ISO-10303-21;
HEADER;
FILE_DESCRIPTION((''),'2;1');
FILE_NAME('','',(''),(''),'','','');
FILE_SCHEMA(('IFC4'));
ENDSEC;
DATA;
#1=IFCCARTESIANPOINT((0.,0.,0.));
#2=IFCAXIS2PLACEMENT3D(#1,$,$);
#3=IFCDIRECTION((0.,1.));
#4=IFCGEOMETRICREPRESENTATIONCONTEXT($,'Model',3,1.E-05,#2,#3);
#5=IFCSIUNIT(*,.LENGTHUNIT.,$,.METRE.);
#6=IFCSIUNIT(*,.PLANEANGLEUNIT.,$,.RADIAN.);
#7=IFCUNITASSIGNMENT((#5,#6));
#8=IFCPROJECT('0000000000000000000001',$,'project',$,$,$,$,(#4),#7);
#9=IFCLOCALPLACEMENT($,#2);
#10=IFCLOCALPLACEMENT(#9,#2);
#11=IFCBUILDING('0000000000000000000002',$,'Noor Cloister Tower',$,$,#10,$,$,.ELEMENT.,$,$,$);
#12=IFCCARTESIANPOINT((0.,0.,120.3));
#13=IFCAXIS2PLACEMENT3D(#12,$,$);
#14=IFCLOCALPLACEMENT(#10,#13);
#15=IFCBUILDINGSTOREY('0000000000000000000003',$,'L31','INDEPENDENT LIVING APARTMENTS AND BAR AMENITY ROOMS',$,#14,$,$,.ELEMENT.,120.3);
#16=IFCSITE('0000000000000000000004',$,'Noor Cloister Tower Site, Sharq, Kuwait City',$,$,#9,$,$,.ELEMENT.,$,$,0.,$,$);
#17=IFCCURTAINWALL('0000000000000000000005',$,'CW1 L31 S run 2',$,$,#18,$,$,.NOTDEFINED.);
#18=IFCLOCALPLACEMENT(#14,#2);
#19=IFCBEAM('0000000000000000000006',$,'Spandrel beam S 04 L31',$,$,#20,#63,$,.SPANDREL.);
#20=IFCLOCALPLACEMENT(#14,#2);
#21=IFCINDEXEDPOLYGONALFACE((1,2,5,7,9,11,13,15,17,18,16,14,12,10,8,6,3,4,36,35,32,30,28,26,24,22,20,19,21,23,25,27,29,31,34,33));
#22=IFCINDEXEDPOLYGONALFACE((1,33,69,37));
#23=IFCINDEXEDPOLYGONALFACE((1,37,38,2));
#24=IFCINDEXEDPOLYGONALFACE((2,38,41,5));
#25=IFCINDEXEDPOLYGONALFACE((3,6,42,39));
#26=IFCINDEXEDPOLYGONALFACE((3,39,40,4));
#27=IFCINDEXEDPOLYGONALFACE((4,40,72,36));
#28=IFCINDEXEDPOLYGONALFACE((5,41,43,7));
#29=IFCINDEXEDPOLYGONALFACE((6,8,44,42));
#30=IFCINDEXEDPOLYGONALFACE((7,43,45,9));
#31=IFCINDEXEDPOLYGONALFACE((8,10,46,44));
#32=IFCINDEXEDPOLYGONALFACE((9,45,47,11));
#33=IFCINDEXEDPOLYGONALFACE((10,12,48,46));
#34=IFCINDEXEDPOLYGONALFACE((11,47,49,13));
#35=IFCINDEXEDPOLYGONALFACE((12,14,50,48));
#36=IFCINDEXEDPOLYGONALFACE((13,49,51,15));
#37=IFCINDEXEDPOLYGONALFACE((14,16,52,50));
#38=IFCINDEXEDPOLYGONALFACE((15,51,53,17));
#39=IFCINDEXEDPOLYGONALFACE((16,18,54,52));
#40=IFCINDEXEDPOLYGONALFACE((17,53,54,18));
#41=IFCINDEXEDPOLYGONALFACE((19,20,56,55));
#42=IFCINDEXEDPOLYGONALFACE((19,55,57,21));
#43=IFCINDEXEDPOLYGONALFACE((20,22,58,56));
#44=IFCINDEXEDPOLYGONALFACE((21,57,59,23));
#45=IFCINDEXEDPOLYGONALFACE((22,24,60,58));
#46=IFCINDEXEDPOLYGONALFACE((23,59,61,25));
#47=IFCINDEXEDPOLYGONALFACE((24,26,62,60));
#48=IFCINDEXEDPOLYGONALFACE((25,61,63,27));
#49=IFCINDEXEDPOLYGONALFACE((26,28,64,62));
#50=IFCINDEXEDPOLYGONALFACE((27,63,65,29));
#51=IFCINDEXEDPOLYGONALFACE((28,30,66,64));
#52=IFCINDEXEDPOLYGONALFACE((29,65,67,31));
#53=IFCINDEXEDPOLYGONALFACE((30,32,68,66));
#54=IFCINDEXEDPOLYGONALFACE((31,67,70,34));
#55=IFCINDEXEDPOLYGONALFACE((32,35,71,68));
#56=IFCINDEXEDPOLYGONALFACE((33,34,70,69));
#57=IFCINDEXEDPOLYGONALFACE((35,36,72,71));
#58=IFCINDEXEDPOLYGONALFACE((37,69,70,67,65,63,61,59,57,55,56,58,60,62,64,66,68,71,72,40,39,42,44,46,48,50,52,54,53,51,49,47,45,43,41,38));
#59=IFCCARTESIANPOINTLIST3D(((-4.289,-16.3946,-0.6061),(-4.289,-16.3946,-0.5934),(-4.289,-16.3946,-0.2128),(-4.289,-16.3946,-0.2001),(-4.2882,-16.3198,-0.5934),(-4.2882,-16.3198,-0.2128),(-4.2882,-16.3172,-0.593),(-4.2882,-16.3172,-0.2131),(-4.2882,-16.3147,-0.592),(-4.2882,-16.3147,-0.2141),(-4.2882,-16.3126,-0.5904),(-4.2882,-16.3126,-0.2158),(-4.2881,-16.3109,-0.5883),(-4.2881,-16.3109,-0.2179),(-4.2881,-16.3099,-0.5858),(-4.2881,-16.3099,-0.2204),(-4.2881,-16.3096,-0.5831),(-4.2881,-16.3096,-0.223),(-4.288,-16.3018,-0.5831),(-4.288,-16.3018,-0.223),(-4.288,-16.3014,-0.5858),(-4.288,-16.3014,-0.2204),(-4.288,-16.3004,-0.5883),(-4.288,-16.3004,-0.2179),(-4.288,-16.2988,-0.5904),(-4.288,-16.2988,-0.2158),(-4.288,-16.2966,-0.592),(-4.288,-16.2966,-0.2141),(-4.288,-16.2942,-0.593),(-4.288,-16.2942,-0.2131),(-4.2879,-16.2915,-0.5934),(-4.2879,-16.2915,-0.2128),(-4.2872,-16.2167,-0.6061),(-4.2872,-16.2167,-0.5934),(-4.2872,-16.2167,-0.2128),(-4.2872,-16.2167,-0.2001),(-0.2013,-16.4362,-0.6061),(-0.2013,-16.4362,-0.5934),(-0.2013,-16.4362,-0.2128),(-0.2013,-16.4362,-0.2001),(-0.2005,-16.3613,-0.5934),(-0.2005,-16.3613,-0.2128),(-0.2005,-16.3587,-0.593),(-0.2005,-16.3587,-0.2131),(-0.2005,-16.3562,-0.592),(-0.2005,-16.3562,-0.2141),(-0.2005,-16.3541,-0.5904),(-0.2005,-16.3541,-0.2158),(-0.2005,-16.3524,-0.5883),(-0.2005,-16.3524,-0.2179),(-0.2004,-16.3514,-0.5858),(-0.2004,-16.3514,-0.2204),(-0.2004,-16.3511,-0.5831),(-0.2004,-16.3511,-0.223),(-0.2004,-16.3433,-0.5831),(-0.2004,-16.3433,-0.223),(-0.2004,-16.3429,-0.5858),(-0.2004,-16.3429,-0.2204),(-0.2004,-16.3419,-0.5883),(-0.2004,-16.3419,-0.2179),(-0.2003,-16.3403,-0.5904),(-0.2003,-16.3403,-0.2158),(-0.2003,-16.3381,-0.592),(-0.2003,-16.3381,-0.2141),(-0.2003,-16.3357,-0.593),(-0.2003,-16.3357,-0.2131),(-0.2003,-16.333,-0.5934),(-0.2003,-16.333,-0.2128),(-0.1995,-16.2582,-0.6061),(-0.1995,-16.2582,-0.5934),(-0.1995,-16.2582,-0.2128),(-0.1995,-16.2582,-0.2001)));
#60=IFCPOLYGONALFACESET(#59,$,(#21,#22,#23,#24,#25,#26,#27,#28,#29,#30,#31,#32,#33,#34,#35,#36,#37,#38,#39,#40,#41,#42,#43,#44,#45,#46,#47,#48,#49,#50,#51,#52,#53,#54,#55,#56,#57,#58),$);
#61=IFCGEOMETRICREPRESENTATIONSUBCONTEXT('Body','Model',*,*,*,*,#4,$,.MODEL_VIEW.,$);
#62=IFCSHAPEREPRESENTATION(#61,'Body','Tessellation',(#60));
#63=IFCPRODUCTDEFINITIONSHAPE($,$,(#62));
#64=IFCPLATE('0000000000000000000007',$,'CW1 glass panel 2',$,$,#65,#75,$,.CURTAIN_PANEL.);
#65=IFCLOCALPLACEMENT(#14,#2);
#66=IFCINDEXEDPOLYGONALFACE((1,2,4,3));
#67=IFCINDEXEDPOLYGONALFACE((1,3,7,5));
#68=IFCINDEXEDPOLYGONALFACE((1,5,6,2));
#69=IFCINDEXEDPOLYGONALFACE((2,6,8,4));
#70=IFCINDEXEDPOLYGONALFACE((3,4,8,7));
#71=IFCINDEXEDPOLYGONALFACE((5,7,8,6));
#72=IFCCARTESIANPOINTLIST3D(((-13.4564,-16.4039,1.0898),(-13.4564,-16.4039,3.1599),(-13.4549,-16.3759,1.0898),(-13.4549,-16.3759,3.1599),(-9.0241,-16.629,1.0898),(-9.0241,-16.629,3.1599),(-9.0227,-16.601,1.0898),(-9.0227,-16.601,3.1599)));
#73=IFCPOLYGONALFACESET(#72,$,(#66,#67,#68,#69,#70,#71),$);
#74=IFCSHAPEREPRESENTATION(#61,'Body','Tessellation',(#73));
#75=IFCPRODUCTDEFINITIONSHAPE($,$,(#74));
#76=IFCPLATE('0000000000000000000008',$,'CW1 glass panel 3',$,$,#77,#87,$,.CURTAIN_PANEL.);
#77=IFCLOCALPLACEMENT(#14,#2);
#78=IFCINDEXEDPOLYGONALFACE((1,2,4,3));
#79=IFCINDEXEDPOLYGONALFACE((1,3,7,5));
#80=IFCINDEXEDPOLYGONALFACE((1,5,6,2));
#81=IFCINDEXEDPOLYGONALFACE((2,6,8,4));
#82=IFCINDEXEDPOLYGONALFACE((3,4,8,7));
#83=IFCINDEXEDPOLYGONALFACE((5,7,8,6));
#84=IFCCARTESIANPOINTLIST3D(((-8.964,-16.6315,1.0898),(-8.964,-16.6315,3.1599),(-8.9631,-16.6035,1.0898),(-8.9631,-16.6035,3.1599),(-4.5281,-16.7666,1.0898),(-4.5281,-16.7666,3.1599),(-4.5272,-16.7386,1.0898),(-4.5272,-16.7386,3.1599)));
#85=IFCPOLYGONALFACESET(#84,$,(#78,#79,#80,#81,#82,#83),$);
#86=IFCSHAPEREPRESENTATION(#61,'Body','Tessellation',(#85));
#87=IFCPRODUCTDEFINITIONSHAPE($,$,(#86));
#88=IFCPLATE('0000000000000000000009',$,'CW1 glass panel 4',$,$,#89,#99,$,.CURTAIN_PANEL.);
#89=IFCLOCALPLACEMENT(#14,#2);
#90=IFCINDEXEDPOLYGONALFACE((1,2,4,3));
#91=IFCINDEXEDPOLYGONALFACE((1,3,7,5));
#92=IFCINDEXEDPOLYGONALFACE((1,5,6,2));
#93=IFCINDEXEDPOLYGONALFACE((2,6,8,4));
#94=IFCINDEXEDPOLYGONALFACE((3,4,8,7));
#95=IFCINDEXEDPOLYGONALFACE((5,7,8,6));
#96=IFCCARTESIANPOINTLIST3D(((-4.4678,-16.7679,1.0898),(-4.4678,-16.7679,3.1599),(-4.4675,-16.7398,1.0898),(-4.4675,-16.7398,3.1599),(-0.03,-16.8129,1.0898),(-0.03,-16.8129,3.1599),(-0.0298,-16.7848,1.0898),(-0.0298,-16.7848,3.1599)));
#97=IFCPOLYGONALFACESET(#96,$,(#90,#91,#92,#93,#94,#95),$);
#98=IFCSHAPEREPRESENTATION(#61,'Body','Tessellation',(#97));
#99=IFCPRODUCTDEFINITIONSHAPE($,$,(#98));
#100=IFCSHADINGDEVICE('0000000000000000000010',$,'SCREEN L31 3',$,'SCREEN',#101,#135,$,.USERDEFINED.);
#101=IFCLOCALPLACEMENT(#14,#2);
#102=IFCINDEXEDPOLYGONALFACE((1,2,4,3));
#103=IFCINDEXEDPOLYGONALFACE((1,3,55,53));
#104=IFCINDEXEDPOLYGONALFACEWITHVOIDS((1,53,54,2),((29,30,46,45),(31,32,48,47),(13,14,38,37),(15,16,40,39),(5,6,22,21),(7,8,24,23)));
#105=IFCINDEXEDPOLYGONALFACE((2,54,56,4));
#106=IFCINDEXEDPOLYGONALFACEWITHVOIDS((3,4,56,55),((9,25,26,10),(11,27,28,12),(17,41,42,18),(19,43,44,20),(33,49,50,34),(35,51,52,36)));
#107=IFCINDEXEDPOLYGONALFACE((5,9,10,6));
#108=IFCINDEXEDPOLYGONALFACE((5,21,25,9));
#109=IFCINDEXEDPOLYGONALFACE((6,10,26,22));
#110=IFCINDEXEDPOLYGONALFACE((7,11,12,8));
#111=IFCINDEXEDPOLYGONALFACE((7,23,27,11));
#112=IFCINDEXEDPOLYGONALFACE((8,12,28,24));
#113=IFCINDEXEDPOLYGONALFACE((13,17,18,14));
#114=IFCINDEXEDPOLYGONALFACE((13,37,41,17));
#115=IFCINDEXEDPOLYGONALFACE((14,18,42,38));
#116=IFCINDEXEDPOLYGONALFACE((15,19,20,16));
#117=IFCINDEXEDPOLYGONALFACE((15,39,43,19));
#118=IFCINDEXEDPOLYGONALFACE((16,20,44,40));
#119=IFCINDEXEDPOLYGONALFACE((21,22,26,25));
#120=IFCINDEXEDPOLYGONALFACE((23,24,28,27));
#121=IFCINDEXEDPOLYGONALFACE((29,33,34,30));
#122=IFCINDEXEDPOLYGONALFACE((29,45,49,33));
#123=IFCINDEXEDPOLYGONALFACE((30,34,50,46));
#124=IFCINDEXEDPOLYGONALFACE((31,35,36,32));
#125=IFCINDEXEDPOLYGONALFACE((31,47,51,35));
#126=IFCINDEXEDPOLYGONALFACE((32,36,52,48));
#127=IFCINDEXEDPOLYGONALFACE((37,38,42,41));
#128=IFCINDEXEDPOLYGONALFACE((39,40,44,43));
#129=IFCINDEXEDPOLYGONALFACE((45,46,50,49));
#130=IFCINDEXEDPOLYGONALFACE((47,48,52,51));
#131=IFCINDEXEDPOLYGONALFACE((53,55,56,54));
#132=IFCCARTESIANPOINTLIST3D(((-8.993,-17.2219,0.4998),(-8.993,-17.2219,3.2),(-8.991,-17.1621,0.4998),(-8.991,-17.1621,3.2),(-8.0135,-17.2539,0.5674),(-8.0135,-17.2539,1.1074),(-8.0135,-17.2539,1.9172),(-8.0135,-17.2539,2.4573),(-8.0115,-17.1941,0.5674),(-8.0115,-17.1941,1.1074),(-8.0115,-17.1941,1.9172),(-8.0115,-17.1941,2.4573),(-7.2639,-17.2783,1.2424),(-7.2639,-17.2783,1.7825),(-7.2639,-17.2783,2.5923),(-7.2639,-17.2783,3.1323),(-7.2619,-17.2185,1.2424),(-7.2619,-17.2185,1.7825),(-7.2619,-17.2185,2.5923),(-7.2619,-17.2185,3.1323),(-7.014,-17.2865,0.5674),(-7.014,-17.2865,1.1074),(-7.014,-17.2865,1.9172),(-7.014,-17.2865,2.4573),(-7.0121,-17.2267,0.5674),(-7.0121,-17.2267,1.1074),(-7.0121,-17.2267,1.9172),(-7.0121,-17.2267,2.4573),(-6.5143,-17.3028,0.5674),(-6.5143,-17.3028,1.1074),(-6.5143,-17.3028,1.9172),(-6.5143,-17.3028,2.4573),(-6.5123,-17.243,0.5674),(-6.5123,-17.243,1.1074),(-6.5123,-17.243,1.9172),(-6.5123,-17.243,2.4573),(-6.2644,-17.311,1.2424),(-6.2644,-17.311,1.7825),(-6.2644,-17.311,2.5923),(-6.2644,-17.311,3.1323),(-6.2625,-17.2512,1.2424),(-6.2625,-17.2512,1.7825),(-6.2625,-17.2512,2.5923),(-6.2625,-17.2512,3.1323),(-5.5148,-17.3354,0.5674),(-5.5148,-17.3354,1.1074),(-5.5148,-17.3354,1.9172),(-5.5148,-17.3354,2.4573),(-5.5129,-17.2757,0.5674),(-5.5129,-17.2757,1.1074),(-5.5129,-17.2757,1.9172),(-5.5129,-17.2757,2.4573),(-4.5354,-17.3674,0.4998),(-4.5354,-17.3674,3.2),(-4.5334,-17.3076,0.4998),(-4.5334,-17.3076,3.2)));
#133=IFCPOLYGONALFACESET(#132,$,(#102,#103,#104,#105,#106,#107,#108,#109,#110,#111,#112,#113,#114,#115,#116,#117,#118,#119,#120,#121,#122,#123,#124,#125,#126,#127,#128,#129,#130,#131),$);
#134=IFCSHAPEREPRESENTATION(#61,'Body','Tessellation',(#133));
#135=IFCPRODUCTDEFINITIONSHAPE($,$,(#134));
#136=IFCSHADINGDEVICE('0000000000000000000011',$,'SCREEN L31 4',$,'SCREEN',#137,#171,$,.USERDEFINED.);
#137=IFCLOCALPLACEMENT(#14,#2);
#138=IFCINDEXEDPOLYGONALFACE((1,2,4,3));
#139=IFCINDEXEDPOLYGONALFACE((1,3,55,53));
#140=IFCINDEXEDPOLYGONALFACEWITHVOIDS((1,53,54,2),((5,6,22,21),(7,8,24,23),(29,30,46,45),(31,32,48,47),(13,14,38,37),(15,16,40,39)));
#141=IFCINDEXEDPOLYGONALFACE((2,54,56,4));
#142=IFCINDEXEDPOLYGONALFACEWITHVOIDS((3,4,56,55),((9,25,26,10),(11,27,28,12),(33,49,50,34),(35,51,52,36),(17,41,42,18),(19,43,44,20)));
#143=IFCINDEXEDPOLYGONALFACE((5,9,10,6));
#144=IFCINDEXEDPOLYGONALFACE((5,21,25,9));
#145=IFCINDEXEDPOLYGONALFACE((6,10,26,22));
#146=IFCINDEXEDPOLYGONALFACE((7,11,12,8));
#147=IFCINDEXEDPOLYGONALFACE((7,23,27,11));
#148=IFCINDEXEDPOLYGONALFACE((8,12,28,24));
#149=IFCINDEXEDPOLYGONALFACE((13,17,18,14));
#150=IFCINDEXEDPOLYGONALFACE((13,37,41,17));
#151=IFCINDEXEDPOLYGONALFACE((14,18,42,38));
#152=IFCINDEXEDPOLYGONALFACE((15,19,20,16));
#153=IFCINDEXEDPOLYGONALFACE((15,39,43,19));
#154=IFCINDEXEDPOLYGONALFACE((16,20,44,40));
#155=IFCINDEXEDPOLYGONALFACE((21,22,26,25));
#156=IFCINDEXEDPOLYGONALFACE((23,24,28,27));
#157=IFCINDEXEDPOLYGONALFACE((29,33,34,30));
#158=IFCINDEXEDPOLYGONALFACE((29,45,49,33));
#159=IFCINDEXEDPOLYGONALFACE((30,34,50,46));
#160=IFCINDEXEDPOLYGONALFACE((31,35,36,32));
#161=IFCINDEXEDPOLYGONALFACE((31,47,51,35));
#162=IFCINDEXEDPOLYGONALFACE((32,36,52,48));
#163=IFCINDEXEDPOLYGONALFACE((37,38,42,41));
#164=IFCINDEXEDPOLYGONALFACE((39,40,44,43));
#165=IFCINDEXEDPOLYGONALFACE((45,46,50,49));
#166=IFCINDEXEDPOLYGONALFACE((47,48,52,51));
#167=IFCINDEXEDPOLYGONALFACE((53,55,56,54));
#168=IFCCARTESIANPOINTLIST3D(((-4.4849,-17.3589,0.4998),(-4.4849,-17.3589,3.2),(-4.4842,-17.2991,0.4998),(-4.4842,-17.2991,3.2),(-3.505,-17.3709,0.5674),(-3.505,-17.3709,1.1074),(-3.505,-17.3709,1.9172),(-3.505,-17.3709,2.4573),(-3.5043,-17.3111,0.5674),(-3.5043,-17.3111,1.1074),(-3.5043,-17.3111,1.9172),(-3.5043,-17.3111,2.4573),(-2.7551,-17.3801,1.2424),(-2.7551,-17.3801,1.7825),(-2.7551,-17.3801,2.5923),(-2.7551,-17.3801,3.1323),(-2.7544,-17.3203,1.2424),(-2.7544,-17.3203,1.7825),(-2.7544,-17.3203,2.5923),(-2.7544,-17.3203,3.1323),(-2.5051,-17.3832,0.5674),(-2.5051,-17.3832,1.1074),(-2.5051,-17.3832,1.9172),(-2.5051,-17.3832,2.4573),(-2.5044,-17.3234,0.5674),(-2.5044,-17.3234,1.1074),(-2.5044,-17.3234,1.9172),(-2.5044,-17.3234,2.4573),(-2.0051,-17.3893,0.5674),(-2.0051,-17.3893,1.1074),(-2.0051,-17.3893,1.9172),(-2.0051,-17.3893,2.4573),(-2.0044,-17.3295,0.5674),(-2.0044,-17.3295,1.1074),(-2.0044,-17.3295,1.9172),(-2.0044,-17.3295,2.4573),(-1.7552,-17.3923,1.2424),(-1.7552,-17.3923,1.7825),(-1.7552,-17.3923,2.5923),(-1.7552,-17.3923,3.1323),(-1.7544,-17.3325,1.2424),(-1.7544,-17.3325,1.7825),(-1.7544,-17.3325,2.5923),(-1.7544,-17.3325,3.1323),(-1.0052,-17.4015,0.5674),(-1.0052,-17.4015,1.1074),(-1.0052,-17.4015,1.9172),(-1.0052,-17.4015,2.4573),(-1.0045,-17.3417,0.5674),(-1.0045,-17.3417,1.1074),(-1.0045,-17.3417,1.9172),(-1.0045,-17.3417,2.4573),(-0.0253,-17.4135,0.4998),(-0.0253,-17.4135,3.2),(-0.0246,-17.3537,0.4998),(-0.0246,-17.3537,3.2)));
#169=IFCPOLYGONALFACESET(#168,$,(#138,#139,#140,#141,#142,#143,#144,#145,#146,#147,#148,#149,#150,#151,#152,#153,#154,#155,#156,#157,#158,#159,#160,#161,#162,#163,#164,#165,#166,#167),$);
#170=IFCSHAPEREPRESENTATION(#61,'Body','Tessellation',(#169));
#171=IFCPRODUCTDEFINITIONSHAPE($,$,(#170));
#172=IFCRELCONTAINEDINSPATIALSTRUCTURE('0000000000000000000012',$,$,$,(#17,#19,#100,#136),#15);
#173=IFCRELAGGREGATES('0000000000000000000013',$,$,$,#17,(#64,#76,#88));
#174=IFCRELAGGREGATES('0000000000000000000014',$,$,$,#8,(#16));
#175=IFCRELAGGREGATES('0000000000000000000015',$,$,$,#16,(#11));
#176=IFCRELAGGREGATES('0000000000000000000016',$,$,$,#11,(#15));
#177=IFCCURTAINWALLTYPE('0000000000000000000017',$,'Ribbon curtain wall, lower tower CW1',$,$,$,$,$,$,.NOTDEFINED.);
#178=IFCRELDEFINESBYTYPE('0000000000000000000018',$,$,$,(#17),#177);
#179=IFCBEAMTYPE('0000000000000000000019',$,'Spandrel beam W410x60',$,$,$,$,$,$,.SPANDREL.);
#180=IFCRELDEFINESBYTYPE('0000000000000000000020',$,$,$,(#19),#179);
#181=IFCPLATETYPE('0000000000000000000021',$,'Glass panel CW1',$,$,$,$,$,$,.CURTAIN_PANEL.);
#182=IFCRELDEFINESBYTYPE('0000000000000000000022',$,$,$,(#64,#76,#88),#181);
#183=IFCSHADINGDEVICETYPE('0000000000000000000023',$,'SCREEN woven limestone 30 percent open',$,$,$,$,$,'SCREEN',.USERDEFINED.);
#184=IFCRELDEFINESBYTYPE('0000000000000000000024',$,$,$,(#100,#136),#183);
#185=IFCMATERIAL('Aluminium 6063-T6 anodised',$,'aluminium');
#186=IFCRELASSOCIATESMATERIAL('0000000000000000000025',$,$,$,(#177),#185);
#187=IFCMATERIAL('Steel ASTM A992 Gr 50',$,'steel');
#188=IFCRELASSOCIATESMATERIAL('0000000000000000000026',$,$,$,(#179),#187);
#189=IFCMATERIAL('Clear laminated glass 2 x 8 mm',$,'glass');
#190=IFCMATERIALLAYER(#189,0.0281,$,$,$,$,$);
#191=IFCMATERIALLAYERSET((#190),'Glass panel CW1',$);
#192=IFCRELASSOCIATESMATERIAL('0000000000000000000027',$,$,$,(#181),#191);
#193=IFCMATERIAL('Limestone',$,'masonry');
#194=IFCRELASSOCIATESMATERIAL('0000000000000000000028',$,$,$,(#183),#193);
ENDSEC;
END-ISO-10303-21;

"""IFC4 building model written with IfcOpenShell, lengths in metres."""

from ifc_helpers import new_model, si_unit, direction, frame, origin, origin_2d, place, context, subcontext, project, spatial, polyline, rectangle, i_section, outline, extrude, material, layer, layer_set, material_profile, profile_set, type_object, element, aggregate, save


model = new_model("IFC4")

# Units and contexts
model_context = context("Model", 3, precision=1e-05, world=origin(), true_north=direction((0.0, 1.0)))
body_context = subcontext(model_context, "Body", "Model", "MODEL_VIEW")
ifc_project = project(units=[si_unit("LENGTHUNIT", "METRE"), si_unit("PLANEANGLEUNIT", "RADIAN")], contexts=[model_context])

# Site, building, storey
site_placement = place(None, origin())
site = spatial("IfcSite", under=ifc_project, at=site_placement, Name="Noor Cloister Tower Site, Sharq, Kuwait City", CompositionType="ELEMENT", RefElevation=0.0)
building_placement = place(site_placement, origin())
building = spatial("IfcBuilding", under=site, at=building_placement, Name="Noor Cloister Tower", CompositionType="ELEMENT")
storey_placement = place(building_placement, frame((0.0, 0.0, 120.3)))
storey = spatial("IfcBuildingStorey", under=building, at=storey_placement, Name="L31", Description="INDEPENDENT LIVING APARTMENTS AND BAR AMENITY ROOMS", CompositionType="ELEMENT", Elevation=120.3)

# Curtain wall
ifc_material_1 = material(Name="Aluminium 6063-T6 anodised", Category="aluminium")
curtain_wall_type = type_object("IfcCurtainWallType", Name="Ribbon curtain wall, lower tower CW1", PredefinedType="NOTDEFINED", material=ifc_material_1)
curtain_wall_placement = place(storey_placement, origin())
curtain_wall = element("IfcCurtainWall", 1, at=curtain_wall_placement, inside=storey, type_object=curtain_wall_type, Name="CW1 L31 S run 2", PredefinedType="NOTDEFINED")

# Beam
ifc_material_2 = material(Name="Steel ASTM A992 Gr 50", Category="steel")
ifc_material_profile_1 = material_profile(ifc_material_2, i_section(OverallWidth=0.178, OverallDepth=0.406, WebThickness=0.0078, FlangeThickness=0.0127, FilletRadius=0.0103, at=origin_2d()), Name="W410x60")
ifc_profile_set_1 = profile_set([ifc_material_profile_1], Name="Steel ASTM A992 Gr 50")
beam_type_1 = type_object("IfcBeamType", Name="Spandrel beam W410x60", PredefinedType="SPANDREL", material=ifc_profile_set_1)
for number, where, z_axis, x_axis, name in (
    (2, (-4.2881, -16.3057, -0.4031), (0.999948, -0.010153, 0.0), (0.010153, 0.999948, 0.0), "Spandrel beam S 04 L31"),
):
    element("IfcBeam", number, at=place(storey_placement, frame(where, z_axis=z_axis, x_axis=x_axis)), inside=storey, type_object=beam_type_1, Name=name, PredefinedType="SPANDREL", context=body_context, shape_type="SweptSolid", body=[
        extrude(i_section(OverallWidth=0.178, OverallDepth=0.406, WebThickness=0.0078, FlangeThickness=0.0127, FilletRadius=0.0103, at=origin_2d()), origin(), (0.0, 0.0, 1.0), 4.0879),
    ])

# Plates
ifc_material_3 = material(Name="Clear laminated glass 2 x 8 mm", Category="glass")
ifc_layer = layer(ifc_material_3, 0.0281)
ifc_layer_set = layer_set([ifc_layer], Name="Glass panel CW1")
plate_type = type_object("IfcPlateType", Name="Glass panel CW1", PredefinedType="CURTAIN_PANEL", material=ifc_layer_set)
plate_1_placement = place(storey_placement, frame((-11.2395, -16.5024, 1.0898), z_axis=(0.0, 0.0, 1.0), x_axis=(0.998713, -0.050715, 0.0)))
plate_1 = element("IfcPlate", 3, at=plate_1_placement, type_object=plate_type, Name="CW1 glass panel 2", PredefinedType="CURTAIN_PANEL", context=body_context, shape_type="SweptSolid", body=[
    extrude(rectangle(XDim=4.438, YDim=0.0281, at=origin_2d()), origin(), (0.0, 0.0, 1.0), 2.0701),
])
plate_2_placement = place(storey_placement, frame((-6.7456, -16.6851, 1.0898), z_axis=(0.0, 0.0, 1.0), x_axis=(0.999537, -0.030438, 0.0)))
plate_2 = element("IfcPlate", 4, at=plate_2_placement, type_object=plate_type, Name="CW1 glass panel 3", PredefinedType="CURTAIN_PANEL", context=body_context, shape_type="SweptSolid", body=[
    extrude(rectangle(XDim=4.438, YDim=0.0281, at=origin_2d()), origin(), (0.0, 0.0, 1.0), 2.0701),
])
plate_3_placement = place(storey_placement, frame((-2.2488, -16.7764, 1.0898), z_axis=(0.0, 0.0, 1.0), x_axis=(0.999949, -0.010147, 0.0)))
plate_3 = element("IfcPlate", 5, at=plate_3_placement, type_object=plate_type, Name="CW1 glass panel 4", PredefinedType="CURTAIN_PANEL", context=body_context, shape_type="SweptSolid", body=[
    extrude(rectangle(XDim=4.438, YDim=0.0281, at=origin_2d()), origin(), (0.0, 0.0, 1.0), 2.0701),
])
aggregate(curtain_wall, [plate_1, plate_2, plate_3])

# Shading devices
ifc_material_4 = material(Name="Limestone", Category="masonry")
ifc_material_profile_2 = material_profile(ifc_material_4, outline(polyline([(-2.23, -1.3501), (2.23, -1.3501), (2.23, 1.3501), (-2.23, 1.3501), (-2.23, -1.3501)]), holes=[polyline([(-1.25, -1.2825), (-0.25, -1.2825), (-0.25, -0.7424), (-1.25, -0.7424), (-1.25, -1.2825)]), polyline([(0.25, -1.2825), (1.25, -1.2825), (1.25, -0.7424), (0.25, -0.7424), (0.25, -1.2825)]), polyline([(-0.5, -0.6074), (0.5, -0.6074), (0.5, -0.0674), (-0.5, -0.0674), (-0.5, -0.6074)]), polyline([(-1.25, 0.0674), (-0.25, 0.0674), (-0.25, 0.6074), (-1.25, 0.6074), (-1.25, 0.0674)]), polyline([(0.25, 0.0674), (1.25, 0.0674), (1.25, 0.6074), (0.25, 0.6074), (0.25, 0.0674)]), polyline([(-0.5, 0.7424), (0.5, 0.7424), (0.5, 1.2825), (-0.5, 1.2825), (-0.5, 0.7424)])]), Name="Woven screen 30 percent open")
ifc_profile_set_2 = profile_set([ifc_material_profile_2], Name="Limestone")
shading_device_type = type_object("IfcShadingDeviceType", Name="SCREEN woven limestone 30 percent open", ElementType="SCREEN", PredefinedType="USERDEFINED", material=ifc_profile_set_2)
for number, where, z_axis, x_axis, name in (
    (6, (-6.7622, -17.2349, 1.8499), (-0.032636, -0.999467, 0.0), (0.999467, -0.032636, 0.0), "SCREEN L31 3"),
    (7, (-2.2544, -17.3264, 1.8499), (-0.012244, -0.999925, 0.0), (0.999925, -0.012244, 0.0), "SCREEN L31 4"),
):
    element("IfcShadingDevice", number, at=place(storey_placement, frame(where, z_axis=z_axis, x_axis=x_axis)), inside=storey, type_object=shading_device_type, Name=name, ObjectType="SCREEN", PredefinedType="USERDEFINED", context=body_context, shape_type="SweptSolid", body=[
        extrude(outline(polyline([(-2.23, -1.3501), (2.23, -1.3501), (2.23, 1.3501), (-2.23, 1.3501), (-2.23, -1.3501)]), holes=[polyline([(-1.25, -1.2825), (-0.25, -1.2825), (-0.25, -0.7424), (-1.25, -0.7424), (-1.25, -1.2825)]), polyline([(0.25, -1.2825), (1.25, -1.2825), (1.25, -0.7424), (0.25, -0.7424), (0.25, -1.2825)]), polyline([(-0.5, -0.6074), (0.5, -0.6074), (0.5, -0.0674), (-0.5, -0.0674), (-0.5, -0.6074)]), polyline([(-1.25, 0.0674), (-0.25, 0.0674), (-0.25, 0.6074), (-1.25, 0.6074), (-1.25, 0.0674)]), polyline([(0.25, 0.0674), (1.25, 0.0674), (1.25, 0.6074), (0.25, 0.6074), (0.25, 0.0674)]), polyline([(-0.5, 0.7424), (0.5, 0.7424), (0.5, 1.2825), (-0.5, 1.2825), (-0.5, 0.7424)])]), origin(), (0.0, 0.0, 1.0), 0.0598),
    ])

save(model, "model.ifc")
